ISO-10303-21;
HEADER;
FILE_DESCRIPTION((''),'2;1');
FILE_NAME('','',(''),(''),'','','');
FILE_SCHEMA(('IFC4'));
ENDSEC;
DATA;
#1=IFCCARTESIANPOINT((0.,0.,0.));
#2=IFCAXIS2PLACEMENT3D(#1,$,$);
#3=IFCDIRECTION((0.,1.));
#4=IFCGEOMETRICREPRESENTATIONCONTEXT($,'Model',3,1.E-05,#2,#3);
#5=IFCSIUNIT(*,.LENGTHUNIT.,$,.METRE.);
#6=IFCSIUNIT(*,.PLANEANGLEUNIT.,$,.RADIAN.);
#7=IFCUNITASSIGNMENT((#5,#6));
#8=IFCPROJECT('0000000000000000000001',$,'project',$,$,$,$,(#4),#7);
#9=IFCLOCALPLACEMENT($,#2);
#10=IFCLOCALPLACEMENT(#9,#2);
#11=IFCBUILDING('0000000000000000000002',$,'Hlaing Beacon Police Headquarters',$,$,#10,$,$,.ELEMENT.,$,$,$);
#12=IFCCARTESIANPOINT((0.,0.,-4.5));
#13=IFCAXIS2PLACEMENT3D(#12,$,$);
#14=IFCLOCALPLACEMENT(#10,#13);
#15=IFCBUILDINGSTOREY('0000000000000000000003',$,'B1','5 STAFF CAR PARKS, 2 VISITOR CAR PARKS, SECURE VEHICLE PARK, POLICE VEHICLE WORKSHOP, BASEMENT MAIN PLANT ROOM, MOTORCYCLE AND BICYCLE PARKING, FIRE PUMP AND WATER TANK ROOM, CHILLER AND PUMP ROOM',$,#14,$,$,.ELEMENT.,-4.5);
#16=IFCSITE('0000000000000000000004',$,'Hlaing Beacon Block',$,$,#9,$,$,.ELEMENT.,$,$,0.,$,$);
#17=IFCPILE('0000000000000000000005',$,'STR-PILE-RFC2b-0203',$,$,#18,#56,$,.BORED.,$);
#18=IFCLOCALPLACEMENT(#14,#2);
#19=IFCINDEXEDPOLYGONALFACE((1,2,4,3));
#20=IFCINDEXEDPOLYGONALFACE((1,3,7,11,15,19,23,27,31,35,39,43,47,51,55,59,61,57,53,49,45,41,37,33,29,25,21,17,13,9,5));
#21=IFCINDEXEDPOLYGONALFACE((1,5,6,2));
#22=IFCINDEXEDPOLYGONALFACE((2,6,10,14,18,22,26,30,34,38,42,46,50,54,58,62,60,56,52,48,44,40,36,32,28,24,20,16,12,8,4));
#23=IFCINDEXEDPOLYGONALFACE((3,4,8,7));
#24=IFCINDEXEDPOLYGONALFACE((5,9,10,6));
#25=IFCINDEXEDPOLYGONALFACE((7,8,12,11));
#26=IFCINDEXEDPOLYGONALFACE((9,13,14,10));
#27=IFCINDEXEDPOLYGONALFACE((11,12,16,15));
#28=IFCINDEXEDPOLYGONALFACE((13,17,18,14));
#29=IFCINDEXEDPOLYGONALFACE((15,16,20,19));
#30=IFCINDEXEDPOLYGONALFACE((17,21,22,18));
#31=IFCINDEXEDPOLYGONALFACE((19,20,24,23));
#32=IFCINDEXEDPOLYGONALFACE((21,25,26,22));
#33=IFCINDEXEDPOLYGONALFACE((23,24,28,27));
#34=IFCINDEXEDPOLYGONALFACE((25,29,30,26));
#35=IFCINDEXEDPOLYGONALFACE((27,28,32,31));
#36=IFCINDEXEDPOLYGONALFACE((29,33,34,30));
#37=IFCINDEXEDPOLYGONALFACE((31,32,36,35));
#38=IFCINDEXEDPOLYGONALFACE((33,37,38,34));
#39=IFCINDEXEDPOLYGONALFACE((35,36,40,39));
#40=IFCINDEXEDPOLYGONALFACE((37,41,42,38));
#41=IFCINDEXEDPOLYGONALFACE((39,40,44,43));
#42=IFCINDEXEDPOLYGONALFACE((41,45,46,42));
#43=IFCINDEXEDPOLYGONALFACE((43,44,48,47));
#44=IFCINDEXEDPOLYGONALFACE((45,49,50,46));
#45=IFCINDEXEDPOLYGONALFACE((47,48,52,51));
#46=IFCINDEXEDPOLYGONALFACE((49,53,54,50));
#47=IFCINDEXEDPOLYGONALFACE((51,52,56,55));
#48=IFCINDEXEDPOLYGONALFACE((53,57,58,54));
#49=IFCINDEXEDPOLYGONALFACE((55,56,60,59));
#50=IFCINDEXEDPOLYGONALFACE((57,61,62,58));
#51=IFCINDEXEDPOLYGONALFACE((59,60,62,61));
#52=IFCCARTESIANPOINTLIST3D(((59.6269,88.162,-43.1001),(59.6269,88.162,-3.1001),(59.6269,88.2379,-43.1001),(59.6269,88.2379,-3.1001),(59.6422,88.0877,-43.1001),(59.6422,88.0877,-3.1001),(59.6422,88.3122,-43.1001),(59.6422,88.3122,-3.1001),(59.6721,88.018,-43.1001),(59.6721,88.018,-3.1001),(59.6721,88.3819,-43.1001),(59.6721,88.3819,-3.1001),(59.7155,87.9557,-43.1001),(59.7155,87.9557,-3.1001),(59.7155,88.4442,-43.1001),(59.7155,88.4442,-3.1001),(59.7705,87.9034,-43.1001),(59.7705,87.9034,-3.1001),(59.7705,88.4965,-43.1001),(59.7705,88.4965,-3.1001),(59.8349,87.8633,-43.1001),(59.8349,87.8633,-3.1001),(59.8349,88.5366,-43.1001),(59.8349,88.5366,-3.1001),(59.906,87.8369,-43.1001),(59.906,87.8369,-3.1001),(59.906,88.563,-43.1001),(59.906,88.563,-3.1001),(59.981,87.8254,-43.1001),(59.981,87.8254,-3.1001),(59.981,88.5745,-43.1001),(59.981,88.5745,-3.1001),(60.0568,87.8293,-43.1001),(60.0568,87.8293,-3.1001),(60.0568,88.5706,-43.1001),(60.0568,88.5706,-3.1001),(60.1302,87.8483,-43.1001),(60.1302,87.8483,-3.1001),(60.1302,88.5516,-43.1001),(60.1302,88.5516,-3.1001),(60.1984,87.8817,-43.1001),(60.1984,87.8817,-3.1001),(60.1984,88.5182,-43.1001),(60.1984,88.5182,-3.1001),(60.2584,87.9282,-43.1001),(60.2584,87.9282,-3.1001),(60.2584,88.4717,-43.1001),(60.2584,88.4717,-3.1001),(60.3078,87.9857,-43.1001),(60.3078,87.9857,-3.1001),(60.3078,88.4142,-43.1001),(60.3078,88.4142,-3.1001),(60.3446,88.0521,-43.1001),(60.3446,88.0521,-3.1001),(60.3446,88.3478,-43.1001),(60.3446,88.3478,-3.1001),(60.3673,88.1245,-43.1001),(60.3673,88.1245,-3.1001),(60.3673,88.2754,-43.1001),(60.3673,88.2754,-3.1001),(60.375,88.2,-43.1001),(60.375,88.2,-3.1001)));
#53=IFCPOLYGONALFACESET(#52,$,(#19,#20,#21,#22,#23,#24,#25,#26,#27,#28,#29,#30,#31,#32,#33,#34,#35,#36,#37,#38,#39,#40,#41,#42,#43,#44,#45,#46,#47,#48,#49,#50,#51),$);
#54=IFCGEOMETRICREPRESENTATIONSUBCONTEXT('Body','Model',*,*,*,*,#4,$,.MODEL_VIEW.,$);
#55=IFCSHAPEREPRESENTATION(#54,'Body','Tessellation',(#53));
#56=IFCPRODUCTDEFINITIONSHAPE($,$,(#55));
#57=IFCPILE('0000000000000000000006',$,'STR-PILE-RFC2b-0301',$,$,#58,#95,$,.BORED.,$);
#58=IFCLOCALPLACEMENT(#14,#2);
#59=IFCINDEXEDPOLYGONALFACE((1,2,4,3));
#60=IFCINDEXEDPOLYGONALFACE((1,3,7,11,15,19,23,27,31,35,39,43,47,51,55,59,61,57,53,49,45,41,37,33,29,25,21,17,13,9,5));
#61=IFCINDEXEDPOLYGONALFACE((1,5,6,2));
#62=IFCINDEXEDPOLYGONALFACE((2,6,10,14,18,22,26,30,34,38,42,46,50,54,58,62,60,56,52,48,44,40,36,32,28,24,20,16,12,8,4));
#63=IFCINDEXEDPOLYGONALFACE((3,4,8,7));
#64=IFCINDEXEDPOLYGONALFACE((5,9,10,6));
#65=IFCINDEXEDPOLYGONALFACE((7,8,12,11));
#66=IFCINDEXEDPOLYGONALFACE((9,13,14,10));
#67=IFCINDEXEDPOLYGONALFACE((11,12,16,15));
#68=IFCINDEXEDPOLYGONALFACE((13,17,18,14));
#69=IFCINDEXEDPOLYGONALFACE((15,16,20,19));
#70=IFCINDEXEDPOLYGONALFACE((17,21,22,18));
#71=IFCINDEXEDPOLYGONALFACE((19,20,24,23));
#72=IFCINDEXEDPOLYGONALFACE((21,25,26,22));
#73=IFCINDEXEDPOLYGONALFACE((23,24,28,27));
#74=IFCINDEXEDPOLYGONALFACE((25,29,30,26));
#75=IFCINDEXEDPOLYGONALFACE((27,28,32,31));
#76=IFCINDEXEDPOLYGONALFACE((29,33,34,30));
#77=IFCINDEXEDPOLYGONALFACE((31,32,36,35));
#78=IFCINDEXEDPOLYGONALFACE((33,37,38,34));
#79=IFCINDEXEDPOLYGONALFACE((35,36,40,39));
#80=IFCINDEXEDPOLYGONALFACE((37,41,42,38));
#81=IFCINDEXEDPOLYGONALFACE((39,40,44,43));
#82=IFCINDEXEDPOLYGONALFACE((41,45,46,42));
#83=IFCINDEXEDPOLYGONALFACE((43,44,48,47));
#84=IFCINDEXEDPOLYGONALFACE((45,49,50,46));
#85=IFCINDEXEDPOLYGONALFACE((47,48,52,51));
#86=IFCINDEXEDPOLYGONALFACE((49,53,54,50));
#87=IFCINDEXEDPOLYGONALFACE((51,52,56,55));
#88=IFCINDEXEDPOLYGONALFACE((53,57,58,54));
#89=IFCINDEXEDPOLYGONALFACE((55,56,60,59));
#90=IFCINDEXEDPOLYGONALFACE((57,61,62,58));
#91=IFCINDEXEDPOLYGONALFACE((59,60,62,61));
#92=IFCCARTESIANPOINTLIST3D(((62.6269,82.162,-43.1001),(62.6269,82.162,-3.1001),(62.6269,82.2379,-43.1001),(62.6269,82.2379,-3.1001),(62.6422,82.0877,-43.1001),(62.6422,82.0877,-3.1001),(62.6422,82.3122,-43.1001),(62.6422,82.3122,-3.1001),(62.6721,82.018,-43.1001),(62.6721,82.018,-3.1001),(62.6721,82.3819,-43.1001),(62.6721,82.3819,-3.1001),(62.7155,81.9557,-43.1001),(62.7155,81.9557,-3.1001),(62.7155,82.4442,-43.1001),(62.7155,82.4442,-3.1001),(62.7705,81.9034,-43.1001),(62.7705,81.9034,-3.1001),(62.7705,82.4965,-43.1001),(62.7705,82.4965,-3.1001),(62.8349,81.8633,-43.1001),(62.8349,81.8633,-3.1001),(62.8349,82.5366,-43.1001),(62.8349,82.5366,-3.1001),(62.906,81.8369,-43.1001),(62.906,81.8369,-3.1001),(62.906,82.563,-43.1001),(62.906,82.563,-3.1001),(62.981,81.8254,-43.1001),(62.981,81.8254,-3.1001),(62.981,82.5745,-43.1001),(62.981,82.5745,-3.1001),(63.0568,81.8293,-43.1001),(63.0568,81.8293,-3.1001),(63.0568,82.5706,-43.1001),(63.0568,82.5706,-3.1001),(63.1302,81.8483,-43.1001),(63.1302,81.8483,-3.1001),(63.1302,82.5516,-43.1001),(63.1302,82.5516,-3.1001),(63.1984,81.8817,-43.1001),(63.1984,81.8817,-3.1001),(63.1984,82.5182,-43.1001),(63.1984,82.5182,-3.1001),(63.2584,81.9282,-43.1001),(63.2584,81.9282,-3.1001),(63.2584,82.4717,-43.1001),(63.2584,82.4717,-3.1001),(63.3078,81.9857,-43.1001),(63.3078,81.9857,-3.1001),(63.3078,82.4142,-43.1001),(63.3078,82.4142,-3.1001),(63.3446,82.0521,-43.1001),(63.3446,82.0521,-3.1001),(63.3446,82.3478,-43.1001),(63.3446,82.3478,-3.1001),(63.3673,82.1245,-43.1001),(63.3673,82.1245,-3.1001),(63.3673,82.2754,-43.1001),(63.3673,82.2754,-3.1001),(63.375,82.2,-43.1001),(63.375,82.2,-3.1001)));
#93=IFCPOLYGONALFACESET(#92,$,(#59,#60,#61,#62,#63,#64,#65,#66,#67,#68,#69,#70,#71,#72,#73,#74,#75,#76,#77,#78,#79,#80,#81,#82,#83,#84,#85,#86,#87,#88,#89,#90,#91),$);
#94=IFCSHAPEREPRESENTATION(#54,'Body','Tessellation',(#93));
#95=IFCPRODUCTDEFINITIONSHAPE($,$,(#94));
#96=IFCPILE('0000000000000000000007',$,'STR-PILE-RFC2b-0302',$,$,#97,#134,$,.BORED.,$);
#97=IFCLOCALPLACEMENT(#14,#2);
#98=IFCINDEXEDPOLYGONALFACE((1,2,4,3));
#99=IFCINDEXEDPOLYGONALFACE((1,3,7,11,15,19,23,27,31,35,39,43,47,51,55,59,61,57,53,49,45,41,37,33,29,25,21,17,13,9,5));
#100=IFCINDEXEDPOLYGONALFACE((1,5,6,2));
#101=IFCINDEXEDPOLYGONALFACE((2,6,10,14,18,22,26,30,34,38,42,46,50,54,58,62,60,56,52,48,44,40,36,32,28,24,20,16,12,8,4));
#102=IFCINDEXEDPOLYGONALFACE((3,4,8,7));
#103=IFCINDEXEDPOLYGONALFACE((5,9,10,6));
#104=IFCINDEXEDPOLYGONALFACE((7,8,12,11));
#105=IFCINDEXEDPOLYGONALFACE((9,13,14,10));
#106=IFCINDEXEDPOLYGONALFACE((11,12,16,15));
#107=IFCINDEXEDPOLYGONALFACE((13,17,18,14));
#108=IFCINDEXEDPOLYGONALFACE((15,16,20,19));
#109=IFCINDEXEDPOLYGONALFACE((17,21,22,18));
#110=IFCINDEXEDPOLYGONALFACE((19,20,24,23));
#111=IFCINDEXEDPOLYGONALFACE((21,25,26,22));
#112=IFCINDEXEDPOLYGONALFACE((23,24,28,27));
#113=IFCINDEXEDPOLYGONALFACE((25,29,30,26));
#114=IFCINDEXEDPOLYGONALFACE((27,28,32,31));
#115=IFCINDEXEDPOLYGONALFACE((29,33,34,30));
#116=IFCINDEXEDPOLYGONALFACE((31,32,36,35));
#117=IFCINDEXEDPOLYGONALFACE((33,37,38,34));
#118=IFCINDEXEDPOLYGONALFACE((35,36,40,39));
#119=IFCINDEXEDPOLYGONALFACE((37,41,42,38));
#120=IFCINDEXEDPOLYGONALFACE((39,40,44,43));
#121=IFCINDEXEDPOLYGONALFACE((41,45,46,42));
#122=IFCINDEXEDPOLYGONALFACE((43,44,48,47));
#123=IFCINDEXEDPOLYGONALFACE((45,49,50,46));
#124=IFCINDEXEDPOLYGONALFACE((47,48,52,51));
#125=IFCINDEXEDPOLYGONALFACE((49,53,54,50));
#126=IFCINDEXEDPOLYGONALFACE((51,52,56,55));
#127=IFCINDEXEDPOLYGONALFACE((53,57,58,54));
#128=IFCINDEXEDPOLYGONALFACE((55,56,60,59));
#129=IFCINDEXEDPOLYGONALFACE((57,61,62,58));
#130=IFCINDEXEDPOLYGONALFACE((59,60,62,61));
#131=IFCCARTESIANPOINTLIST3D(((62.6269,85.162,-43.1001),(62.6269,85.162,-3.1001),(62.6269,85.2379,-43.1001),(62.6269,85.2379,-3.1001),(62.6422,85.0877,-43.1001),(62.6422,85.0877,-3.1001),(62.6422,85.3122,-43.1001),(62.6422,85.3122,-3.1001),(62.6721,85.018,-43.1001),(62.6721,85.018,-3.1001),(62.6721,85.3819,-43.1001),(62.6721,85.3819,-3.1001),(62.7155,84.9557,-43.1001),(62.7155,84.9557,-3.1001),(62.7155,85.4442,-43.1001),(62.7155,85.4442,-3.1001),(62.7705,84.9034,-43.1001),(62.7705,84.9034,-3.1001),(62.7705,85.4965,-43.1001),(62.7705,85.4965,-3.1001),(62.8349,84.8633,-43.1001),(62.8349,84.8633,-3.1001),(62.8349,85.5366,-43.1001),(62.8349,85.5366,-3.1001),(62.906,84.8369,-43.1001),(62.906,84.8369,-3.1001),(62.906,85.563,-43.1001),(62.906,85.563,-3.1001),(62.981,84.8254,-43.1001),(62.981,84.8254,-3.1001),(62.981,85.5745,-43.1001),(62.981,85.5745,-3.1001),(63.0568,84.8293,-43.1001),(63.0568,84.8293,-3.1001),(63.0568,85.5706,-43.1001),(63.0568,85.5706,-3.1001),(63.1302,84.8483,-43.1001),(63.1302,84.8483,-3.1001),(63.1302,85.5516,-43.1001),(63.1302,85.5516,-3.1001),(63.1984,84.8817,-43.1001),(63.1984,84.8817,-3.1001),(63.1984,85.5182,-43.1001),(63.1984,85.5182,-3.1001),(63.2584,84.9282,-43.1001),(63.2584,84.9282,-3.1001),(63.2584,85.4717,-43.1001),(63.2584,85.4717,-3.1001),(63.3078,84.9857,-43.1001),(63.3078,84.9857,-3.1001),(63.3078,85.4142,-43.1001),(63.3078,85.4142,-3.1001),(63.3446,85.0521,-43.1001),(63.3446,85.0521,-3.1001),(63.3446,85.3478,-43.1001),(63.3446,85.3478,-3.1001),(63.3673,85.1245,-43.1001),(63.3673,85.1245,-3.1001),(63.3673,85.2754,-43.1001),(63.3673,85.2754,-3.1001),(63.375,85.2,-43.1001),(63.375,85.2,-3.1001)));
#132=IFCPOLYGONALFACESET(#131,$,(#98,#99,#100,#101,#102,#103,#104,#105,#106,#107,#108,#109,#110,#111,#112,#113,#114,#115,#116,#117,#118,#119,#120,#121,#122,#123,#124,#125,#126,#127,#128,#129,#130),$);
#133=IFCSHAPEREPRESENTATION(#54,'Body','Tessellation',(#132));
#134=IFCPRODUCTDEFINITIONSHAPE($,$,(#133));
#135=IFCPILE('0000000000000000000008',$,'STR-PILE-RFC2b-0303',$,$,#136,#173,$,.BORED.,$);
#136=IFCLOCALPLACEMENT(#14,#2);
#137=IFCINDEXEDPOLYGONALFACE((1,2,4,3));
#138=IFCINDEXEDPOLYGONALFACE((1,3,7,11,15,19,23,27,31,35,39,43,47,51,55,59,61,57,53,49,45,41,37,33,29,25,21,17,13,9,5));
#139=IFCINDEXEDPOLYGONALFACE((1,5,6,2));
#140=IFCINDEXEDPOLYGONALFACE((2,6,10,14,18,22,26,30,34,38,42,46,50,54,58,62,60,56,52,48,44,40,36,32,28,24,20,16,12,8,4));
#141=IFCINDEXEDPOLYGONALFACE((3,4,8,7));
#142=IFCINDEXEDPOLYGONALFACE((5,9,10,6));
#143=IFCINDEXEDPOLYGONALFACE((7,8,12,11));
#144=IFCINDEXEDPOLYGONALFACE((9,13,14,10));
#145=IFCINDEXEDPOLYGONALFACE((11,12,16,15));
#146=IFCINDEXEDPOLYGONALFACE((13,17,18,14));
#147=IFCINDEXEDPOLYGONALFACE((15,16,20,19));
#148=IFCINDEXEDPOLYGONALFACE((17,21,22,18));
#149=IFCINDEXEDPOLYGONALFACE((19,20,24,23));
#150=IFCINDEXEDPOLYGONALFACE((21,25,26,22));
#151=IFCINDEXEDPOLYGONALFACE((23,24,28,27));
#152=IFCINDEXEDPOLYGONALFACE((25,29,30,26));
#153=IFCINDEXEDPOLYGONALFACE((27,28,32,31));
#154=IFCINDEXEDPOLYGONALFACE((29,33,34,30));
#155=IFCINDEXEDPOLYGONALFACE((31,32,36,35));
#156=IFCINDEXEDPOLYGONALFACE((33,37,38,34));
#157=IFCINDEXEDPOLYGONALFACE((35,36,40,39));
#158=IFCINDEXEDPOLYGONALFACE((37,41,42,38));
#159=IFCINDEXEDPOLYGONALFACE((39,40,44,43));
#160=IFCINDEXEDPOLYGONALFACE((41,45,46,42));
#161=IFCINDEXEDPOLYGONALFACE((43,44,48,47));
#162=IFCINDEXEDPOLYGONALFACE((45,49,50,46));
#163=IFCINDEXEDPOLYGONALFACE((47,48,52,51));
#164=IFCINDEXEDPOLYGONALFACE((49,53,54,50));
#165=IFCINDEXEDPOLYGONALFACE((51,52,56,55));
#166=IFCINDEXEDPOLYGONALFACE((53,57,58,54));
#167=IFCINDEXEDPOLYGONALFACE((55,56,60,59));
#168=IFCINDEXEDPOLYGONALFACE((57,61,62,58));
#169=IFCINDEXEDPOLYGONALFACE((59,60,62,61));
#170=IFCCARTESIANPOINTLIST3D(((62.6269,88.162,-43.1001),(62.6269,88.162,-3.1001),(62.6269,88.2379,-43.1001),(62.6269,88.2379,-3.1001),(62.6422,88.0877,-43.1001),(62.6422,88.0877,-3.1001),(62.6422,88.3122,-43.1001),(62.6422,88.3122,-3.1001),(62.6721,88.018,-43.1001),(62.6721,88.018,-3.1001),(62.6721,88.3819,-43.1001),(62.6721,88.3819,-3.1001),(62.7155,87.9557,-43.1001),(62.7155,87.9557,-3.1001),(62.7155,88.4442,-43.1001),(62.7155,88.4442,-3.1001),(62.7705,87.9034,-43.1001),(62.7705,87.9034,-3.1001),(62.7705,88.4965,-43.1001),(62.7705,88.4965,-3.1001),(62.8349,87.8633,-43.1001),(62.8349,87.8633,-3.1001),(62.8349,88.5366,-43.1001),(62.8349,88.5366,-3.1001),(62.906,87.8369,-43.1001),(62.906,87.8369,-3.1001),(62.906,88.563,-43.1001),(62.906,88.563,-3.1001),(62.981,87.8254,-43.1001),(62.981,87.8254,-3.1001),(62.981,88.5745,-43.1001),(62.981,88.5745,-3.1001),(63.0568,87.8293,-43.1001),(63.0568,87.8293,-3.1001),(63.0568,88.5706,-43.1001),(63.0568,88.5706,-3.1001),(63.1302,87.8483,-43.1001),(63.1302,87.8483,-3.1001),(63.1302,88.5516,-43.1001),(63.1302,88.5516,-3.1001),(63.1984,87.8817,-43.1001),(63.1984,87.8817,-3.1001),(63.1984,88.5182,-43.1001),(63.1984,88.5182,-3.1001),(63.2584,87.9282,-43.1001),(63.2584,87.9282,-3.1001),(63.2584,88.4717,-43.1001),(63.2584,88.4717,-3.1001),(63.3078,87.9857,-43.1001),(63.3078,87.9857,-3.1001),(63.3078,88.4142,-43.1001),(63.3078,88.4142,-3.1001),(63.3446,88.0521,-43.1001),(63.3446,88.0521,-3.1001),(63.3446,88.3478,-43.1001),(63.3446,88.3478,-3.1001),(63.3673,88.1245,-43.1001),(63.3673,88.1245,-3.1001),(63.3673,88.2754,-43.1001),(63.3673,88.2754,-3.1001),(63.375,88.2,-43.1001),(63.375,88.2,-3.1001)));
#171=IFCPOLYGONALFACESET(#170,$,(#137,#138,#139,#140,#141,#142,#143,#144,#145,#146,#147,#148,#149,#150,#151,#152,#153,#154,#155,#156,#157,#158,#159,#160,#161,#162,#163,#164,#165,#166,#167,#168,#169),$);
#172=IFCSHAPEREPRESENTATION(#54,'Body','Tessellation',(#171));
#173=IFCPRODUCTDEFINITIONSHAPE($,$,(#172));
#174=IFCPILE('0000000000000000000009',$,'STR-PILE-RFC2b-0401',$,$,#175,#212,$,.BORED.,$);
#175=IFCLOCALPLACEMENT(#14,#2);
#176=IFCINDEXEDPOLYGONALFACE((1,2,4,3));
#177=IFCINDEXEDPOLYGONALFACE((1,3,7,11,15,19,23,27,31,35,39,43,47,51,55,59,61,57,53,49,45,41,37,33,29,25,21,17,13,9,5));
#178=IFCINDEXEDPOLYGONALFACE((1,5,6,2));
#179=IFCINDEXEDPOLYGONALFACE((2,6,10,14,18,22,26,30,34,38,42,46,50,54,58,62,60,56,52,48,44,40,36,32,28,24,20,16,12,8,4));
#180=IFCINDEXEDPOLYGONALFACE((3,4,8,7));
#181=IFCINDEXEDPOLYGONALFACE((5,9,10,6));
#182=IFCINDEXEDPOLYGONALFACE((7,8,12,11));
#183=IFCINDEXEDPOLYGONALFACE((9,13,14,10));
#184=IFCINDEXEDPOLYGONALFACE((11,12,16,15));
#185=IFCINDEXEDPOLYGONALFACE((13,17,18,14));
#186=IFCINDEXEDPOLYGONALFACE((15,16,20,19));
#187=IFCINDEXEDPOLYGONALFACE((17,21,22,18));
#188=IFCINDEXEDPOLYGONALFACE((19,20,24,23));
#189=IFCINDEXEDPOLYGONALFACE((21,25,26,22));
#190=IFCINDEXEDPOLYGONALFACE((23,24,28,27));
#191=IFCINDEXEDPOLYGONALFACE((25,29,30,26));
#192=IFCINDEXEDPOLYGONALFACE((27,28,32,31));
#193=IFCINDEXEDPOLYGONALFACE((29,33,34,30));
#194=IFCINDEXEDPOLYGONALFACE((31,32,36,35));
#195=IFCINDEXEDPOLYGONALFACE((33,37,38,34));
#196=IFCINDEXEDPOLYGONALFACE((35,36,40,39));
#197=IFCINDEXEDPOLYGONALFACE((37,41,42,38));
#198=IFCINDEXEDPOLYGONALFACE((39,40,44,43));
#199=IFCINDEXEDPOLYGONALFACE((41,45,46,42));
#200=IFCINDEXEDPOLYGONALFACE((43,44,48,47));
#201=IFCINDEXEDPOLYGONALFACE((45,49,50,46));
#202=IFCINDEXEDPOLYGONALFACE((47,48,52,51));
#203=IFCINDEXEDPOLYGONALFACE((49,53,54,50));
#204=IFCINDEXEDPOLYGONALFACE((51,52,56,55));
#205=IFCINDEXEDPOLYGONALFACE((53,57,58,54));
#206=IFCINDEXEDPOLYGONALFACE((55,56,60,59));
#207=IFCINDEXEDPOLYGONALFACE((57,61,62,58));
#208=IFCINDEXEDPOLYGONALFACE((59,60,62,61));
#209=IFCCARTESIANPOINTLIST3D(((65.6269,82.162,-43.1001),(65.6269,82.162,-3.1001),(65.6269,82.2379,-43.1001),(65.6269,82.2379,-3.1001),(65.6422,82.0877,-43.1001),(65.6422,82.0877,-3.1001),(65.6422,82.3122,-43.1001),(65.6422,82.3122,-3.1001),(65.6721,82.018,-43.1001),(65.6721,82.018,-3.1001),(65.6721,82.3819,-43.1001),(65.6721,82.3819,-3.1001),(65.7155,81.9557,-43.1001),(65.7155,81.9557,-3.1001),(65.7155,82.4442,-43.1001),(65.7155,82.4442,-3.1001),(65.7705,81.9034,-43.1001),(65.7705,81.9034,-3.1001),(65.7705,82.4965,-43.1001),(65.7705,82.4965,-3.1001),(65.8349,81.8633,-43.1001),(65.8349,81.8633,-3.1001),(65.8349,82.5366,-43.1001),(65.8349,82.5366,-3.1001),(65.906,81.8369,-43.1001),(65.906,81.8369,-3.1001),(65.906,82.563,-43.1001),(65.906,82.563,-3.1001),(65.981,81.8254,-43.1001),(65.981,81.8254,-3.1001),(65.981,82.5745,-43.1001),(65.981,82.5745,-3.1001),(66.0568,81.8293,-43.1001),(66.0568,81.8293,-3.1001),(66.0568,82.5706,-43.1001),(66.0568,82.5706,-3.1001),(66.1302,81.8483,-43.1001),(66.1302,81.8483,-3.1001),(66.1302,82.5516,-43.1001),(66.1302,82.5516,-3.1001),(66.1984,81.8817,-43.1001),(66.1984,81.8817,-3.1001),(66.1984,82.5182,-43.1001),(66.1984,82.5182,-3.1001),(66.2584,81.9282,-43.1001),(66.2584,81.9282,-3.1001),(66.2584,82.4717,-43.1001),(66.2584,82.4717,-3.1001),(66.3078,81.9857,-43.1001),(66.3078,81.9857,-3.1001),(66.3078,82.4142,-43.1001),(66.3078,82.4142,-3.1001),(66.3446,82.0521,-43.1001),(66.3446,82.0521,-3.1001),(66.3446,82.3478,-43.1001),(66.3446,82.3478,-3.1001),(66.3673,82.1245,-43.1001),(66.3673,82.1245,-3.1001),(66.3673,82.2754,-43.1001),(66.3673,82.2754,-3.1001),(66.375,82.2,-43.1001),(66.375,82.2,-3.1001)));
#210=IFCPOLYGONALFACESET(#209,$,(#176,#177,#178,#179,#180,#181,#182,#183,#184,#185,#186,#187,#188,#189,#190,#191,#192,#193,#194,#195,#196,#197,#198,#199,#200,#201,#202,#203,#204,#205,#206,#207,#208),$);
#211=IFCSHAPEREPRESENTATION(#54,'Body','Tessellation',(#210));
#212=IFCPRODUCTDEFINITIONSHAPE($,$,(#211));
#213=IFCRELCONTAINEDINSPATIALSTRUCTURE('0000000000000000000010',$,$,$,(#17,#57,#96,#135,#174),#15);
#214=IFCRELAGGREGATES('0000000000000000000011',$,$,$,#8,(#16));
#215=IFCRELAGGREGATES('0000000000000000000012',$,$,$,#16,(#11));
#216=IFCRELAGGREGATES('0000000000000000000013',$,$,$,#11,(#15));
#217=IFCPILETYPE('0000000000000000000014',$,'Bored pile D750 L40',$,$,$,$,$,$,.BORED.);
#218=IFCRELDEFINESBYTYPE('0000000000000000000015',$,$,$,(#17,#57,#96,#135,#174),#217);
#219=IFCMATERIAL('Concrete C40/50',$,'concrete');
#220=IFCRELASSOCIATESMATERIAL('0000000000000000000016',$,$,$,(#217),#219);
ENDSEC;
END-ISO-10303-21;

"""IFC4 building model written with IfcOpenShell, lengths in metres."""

from ifc_helpers import new_model, si_unit, direction, frame, origin, origin_2d, place, context, subcontext, project, spatial, circle, extrude, material, material_profile, profile_set, type_object, element, save


model = new_model("IFC4")

# Units and contexts
model_context = context("Model", 3, precision=1e-05, world=origin(), true_north=direction((0.0, 1.0)))
body_context = subcontext(model_context, "Body", "Model", "MODEL_VIEW")
ifc_project = project(units=[si_unit("LENGTHUNIT", "METRE"), si_unit("PLANEANGLEUNIT", "RADIAN")], contexts=[model_context])

# Site, building, storey
site_placement = place(None, origin())
site = spatial("IfcSite", under=ifc_project, at=site_placement, Name="Hlaing Beacon Block", CompositionType="ELEMENT", RefElevation=0.0)
building_placement = place(site_placement, origin())
building = spatial("IfcBuilding", under=site, at=building_placement, Name="Hlaing Beacon Police Headquarters", CompositionType="ELEMENT")
storey_placement = place(building_placement, frame((0.0, 0.0, -4.5)))
storey = spatial("IfcBuildingStorey", under=building, at=storey_placement, Name="B1", Description="5 STAFF CAR PARKS, 2 VISITOR CAR PARKS, SECURE VEHICLE PARK, POLICE VEHICLE WORKSHOP, BASEMENT MAIN PLANT ROOM, MOTORCYCLE AND BICYCLE PARKING, FIRE PUMP AND WATER TANK ROOM, CHILLER AND PUMP ROOM", CompositionType="ELEMENT", Elevation=-4.5)

# Piles
ifc_material_1 = material(Name="Concrete C40/50", Category="concrete")
ifc_material_profile = material_profile(ifc_material_1, circle(Radius=0.375, at=origin_2d()), Name="D750")
ifc_profile_set = profile_set([ifc_material_profile], Name="Concrete C40/50")
pile_type = type_object("IfcPileType", Name="Bored pile D750 L40", PredefinedType="BORED", material=ifc_profile_set)
for number, where, z_axis, x_axis, name in (
    (1, (60.0, 88.2, -3.1001), (0.0, 0.0, -1.0), (1.0, 0.0, 0.0), "STR-PILE-RFC2b-0203"),
    (2, (63.0, 82.2, -3.1001), (0.0, 0.0, -1.0), (1.0, 0.0, 0.0), "STR-PILE-RFC2b-0301"),
    (3, (63.0, 85.2, -3.1001), (0.0, 0.0, -1.0), (1.0, 0.0, 0.0), "STR-PILE-RFC2b-0302"),
    (4, (63.0, 88.2, -3.1001), (0.0, 0.0, -1.0), (1.0, 0.0, 0.0), "STR-PILE-RFC2b-0303"),
    (5, (66.0, 82.2, -3.1001), (0.0, 0.0, -1.0), (1.0, 0.0, 0.0), "STR-PILE-RFC2b-0401"),
):
    element("IfcPile", number, at=place(storey_placement, frame(where, z_axis=z_axis, x_axis=x_axis)), inside=storey, type_object=pile_type, Name=name, PredefinedType="BORED", context=body_context, shape_type="SweptSolid", body=[
        extrude(circle(Radius=0.375, at=origin_2d()), origin(), (0.0, 0.0, 1.0), 40.0),
    ])

save(model, "model.ifc")
